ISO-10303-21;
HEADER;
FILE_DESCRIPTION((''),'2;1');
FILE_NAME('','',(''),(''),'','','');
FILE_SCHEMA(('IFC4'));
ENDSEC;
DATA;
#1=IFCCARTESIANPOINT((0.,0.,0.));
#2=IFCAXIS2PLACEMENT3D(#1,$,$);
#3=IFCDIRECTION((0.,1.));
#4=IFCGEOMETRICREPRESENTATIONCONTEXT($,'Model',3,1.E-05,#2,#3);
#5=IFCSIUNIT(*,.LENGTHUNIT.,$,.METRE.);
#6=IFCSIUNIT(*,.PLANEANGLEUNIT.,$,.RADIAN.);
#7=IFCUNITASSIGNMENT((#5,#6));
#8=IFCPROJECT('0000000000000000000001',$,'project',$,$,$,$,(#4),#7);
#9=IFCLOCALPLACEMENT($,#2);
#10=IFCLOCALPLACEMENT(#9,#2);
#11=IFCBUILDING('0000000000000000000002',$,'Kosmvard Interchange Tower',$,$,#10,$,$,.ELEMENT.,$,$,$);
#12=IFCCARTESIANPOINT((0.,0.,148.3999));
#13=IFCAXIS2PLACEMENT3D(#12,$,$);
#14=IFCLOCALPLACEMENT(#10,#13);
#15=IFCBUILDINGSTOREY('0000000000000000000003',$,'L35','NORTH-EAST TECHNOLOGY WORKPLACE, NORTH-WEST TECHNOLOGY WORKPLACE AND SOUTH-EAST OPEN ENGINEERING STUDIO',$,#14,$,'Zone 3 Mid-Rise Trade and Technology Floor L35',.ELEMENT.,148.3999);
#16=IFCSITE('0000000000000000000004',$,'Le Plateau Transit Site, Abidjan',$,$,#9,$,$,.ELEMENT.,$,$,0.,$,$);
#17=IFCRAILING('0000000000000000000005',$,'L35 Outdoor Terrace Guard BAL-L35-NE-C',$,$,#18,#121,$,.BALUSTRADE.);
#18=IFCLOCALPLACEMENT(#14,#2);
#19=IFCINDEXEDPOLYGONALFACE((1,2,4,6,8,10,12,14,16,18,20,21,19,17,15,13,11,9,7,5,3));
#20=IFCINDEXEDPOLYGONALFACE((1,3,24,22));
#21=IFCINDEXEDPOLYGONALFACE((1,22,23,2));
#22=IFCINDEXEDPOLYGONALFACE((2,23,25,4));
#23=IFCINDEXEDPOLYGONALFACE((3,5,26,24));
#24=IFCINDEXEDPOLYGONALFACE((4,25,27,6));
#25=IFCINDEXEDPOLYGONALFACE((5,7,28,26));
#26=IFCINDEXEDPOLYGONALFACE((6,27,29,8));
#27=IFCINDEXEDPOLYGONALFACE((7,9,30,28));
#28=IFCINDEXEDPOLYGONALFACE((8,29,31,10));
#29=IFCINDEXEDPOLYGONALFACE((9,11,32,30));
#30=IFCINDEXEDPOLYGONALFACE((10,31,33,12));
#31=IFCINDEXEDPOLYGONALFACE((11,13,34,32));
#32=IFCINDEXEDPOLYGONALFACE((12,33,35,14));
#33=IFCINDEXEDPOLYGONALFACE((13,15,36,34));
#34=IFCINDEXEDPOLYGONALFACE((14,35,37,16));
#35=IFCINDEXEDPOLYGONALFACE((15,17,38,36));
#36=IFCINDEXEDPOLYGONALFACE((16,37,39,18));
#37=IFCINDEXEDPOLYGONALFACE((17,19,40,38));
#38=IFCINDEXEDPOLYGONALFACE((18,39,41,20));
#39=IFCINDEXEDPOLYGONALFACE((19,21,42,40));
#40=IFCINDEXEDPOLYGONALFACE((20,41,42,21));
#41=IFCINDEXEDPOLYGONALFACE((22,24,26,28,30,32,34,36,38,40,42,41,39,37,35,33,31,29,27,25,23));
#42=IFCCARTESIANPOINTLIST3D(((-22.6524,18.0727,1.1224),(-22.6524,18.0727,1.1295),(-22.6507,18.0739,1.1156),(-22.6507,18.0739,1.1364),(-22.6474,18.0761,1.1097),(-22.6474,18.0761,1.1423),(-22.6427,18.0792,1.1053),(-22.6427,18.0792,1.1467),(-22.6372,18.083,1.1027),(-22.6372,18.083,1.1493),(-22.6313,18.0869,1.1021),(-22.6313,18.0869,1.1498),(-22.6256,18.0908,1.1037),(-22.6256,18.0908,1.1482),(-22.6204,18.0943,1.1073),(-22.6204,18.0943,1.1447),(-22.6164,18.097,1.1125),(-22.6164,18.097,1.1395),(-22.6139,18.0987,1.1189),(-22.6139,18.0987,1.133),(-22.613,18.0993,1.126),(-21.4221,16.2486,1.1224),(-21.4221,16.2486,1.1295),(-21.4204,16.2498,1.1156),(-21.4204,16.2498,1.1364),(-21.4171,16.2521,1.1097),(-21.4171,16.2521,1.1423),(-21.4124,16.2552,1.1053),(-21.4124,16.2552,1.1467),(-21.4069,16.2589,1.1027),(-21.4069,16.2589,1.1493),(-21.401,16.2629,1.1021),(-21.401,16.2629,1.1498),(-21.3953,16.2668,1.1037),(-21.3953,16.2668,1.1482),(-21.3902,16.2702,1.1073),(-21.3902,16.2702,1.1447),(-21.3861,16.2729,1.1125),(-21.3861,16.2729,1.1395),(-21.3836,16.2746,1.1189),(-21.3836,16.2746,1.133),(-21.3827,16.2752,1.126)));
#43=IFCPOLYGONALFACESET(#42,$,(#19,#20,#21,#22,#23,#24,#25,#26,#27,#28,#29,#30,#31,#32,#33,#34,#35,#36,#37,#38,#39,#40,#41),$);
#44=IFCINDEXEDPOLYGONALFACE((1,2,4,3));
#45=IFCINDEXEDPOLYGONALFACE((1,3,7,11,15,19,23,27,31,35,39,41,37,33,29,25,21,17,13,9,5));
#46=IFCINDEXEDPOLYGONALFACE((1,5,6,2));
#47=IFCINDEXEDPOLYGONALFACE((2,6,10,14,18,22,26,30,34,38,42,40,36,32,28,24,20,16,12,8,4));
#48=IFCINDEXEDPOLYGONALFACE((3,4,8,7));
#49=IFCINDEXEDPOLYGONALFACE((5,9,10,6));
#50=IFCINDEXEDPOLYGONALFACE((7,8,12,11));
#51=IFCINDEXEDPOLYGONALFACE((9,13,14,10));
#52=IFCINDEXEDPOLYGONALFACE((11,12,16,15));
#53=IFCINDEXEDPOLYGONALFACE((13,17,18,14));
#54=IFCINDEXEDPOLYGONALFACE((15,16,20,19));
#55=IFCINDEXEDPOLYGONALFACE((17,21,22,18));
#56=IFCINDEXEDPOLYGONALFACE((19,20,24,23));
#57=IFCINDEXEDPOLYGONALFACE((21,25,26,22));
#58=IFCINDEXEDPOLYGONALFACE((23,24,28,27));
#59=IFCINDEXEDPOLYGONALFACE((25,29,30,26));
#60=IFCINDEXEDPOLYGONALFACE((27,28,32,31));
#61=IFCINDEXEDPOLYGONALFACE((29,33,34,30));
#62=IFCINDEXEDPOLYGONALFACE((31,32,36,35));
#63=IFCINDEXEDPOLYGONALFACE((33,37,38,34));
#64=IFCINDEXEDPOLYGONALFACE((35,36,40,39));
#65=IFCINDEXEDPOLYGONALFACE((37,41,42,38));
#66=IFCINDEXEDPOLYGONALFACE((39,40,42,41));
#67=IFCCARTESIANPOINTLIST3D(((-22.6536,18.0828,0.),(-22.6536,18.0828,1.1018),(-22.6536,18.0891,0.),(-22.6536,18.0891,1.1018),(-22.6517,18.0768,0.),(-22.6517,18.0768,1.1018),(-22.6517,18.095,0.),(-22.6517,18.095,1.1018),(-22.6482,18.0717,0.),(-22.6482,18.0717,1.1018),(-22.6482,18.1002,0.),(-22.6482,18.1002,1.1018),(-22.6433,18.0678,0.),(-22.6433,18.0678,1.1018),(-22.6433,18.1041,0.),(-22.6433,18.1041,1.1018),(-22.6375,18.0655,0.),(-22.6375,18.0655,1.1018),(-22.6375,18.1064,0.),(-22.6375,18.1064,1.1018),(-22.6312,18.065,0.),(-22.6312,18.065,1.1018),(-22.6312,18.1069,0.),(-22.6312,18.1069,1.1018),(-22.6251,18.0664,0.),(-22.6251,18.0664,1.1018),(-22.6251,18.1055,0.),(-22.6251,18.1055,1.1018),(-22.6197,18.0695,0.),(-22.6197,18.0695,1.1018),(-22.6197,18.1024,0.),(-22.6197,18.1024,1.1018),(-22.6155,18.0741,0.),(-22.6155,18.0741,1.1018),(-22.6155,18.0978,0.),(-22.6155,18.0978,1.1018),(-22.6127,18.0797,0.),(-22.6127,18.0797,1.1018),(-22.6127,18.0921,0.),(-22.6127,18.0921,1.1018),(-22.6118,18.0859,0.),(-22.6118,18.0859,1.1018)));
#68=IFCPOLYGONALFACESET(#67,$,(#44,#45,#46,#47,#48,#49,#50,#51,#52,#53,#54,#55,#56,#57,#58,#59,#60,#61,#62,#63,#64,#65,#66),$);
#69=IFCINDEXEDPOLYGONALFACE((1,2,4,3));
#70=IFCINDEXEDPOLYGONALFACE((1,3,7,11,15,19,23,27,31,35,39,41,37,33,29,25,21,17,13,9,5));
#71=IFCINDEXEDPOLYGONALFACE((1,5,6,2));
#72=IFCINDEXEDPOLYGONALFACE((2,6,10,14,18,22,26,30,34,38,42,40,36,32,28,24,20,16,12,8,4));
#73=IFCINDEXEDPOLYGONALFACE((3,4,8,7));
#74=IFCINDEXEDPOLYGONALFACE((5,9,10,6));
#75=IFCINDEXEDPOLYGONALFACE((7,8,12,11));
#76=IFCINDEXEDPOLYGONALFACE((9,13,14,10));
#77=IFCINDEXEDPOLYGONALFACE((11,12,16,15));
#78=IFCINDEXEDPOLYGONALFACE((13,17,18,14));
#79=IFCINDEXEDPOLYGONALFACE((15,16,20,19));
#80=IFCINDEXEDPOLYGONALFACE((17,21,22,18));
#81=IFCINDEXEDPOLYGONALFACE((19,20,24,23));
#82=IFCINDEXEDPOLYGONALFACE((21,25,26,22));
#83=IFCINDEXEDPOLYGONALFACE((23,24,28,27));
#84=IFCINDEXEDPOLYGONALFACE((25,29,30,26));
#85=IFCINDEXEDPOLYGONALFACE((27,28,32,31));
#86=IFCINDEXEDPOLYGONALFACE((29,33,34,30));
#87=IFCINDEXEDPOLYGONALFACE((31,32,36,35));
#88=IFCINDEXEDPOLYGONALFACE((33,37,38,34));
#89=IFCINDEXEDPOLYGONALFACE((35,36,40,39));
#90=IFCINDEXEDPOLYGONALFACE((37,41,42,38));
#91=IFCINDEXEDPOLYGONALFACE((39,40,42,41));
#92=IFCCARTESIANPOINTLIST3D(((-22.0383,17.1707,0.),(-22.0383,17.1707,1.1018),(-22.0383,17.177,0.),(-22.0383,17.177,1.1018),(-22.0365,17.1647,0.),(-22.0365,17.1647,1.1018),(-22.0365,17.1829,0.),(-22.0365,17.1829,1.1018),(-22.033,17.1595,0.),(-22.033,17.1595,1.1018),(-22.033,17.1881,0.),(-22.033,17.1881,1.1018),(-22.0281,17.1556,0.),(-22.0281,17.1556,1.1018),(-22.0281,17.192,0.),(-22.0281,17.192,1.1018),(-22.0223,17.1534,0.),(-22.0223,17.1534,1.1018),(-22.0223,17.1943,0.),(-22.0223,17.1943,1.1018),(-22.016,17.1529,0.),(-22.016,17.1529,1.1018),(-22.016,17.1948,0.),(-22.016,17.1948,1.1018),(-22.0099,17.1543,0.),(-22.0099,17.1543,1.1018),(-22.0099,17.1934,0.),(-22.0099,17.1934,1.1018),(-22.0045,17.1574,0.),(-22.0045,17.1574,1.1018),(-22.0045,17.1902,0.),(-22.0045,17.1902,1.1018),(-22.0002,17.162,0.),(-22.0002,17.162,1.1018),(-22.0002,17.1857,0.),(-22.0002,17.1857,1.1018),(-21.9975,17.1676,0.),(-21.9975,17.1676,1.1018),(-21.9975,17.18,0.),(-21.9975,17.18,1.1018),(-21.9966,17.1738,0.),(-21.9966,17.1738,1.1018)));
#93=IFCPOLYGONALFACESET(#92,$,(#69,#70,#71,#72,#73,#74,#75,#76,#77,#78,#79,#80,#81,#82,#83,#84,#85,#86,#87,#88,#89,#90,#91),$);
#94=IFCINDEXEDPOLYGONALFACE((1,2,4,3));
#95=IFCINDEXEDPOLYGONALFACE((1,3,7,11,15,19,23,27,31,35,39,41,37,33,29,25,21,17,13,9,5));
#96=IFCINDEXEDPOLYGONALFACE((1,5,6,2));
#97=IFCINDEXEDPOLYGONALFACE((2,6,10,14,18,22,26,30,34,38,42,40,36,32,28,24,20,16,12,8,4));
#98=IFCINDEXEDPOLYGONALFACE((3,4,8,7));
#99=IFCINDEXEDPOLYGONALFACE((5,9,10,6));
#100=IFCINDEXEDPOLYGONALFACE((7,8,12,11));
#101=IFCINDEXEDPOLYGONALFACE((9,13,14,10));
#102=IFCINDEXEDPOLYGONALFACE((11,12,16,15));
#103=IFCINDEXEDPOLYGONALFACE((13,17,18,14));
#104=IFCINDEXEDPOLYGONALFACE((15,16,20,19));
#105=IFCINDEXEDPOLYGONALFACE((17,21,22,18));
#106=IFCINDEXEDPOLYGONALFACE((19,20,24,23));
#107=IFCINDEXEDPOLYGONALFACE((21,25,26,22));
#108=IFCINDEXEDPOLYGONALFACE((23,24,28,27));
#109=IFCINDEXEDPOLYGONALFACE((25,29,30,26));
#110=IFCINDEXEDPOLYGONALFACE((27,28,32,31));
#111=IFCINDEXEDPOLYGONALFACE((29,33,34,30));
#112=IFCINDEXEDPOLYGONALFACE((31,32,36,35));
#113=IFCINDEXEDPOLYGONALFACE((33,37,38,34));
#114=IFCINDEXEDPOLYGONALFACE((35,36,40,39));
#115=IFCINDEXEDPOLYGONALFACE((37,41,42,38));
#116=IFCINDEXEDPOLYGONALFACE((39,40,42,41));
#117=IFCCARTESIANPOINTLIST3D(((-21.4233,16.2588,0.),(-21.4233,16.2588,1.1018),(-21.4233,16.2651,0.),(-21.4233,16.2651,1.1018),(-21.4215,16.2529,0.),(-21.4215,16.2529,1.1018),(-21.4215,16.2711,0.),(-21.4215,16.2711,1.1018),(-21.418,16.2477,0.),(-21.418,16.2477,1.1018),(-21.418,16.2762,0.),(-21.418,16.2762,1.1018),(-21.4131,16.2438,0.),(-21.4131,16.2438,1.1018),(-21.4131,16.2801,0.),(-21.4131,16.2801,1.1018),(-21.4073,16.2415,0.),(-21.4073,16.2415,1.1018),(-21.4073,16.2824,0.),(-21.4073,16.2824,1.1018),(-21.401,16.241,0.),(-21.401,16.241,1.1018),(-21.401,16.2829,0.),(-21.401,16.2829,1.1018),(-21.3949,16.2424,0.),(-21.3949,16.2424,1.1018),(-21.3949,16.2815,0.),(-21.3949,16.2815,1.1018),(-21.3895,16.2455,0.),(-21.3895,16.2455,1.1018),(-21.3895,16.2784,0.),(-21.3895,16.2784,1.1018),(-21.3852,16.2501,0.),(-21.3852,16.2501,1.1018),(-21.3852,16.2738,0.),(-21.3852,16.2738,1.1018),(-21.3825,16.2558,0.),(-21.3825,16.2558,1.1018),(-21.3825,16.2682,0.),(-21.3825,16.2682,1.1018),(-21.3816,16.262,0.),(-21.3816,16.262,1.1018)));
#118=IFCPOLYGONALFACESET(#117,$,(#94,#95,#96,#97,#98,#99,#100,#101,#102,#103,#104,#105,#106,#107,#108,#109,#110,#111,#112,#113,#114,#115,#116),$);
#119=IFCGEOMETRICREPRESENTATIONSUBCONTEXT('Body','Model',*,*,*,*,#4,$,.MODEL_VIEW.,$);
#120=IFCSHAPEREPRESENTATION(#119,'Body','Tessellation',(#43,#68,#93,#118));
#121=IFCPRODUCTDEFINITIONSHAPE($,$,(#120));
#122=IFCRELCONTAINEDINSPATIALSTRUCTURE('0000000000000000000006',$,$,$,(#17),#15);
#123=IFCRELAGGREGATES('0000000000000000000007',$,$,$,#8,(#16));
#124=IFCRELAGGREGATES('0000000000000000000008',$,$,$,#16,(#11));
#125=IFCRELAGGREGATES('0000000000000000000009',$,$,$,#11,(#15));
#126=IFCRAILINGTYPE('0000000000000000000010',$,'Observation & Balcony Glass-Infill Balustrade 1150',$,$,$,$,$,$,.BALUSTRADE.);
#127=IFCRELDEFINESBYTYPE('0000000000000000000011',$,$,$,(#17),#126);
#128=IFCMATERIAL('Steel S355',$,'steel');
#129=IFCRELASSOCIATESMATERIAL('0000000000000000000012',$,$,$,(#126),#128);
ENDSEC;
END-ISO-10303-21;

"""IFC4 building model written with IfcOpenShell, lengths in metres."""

from ifc_helpers import new_model, si_unit, direction, frame, origin, origin_2d, place, context, subcontext, project, spatial, circle, extrude, source, transform, mapped, material, type_object, element, save


model = new_model("IFC4")

# Units and contexts
model_context = context("Model", 3, precision=1e-05, world=origin(), true_north=direction((0.0, 1.0)))
body_context = subcontext(model_context, "Body", "Model", "MODEL_VIEW")
ifc_project = project(units=[si_unit("LENGTHUNIT", "METRE"), si_unit("PLANEANGLEUNIT", "RADIAN")], contexts=[model_context])

# Site, building, storey
site_placement = place(None, origin())
site = spatial("IfcSite", under=ifc_project, at=site_placement, Name="Le Plateau Transit Site, Abidjan", CompositionType="ELEMENT", RefElevation=0.0)
building_placement = place(site_placement, origin())
building = spatial("IfcBuilding", under=site, at=building_placement, Name="Kosmvard Interchange Tower", CompositionType="ELEMENT")
storey_placement = place(building_placement, frame((0.0, 0.0, 148.3999)))
storey = spatial("IfcBuildingStorey", under=building, at=storey_placement, Name="L35", Description="NORTH-EAST TECHNOLOGY WORKPLACE, NORTH-WEST TECHNOLOGY WORKPLACE AND SOUTH-EAST OPEN ENGINEERING STUDIO", LongName="Zone 3 Mid-Rise Trade and Technology Floor L35", CompositionType="ELEMENT", Elevation=148.3999)

# Shared definitions
ifc_material_1 = material(Name="Steel S355", Category="steel")

# Railing
railing_type = type_object("IfcRailingType", Name="Observation & Balcony Glass-Infill Balustrade 1150", PredefinedType="BALUSTRADE", material=ifc_material_1)
shared_shape_1 = source(origin(), body_context, "Body", "SweptSolid", [
    extrude(circle(Radius=0.0239, at=origin_2d()), frame((0.0, 0.0, 1.126), z_axis=(0.559174, -0.829051, 0.0), x_axis=(0.829051, 0.559174, 0.0)), (0.0, 0.0, 1.0), 2.2002),
    extrude(circle(Radius=0.021, at=origin_2d()), origin(), (0.0, 0.0, 1.0), 1.1018),
    extrude(circle(Radius=0.021, at=origin_2d()), frame((0.6152, -0.9121, 0.0)), (0.0, 0.0, 1.0), 1.1018),
    extrude(circle(Radius=0.021, at=origin_2d()), frame((1.2302, -1.824, 0.0)), (0.0, 0.0, 1.0), 1.1018),
])
railing_1_placement = place(storey_placement, frame((-22.6328, 18.0859, 0.0)))
element("IfcRailing", 1, at=railing_1_placement, inside=storey, type_object=railing_type, Name="L35 Outdoor Terrace Guard BAL-L35-NE-C", PredefinedType="BALUSTRADE", context=body_context, shape_type="MappedRepresentation", body=[
    mapped(shared_shape_1, transform((0.0, 0.0, 0.0), scale=1.0)),
])

save(model, "model.ifc")
